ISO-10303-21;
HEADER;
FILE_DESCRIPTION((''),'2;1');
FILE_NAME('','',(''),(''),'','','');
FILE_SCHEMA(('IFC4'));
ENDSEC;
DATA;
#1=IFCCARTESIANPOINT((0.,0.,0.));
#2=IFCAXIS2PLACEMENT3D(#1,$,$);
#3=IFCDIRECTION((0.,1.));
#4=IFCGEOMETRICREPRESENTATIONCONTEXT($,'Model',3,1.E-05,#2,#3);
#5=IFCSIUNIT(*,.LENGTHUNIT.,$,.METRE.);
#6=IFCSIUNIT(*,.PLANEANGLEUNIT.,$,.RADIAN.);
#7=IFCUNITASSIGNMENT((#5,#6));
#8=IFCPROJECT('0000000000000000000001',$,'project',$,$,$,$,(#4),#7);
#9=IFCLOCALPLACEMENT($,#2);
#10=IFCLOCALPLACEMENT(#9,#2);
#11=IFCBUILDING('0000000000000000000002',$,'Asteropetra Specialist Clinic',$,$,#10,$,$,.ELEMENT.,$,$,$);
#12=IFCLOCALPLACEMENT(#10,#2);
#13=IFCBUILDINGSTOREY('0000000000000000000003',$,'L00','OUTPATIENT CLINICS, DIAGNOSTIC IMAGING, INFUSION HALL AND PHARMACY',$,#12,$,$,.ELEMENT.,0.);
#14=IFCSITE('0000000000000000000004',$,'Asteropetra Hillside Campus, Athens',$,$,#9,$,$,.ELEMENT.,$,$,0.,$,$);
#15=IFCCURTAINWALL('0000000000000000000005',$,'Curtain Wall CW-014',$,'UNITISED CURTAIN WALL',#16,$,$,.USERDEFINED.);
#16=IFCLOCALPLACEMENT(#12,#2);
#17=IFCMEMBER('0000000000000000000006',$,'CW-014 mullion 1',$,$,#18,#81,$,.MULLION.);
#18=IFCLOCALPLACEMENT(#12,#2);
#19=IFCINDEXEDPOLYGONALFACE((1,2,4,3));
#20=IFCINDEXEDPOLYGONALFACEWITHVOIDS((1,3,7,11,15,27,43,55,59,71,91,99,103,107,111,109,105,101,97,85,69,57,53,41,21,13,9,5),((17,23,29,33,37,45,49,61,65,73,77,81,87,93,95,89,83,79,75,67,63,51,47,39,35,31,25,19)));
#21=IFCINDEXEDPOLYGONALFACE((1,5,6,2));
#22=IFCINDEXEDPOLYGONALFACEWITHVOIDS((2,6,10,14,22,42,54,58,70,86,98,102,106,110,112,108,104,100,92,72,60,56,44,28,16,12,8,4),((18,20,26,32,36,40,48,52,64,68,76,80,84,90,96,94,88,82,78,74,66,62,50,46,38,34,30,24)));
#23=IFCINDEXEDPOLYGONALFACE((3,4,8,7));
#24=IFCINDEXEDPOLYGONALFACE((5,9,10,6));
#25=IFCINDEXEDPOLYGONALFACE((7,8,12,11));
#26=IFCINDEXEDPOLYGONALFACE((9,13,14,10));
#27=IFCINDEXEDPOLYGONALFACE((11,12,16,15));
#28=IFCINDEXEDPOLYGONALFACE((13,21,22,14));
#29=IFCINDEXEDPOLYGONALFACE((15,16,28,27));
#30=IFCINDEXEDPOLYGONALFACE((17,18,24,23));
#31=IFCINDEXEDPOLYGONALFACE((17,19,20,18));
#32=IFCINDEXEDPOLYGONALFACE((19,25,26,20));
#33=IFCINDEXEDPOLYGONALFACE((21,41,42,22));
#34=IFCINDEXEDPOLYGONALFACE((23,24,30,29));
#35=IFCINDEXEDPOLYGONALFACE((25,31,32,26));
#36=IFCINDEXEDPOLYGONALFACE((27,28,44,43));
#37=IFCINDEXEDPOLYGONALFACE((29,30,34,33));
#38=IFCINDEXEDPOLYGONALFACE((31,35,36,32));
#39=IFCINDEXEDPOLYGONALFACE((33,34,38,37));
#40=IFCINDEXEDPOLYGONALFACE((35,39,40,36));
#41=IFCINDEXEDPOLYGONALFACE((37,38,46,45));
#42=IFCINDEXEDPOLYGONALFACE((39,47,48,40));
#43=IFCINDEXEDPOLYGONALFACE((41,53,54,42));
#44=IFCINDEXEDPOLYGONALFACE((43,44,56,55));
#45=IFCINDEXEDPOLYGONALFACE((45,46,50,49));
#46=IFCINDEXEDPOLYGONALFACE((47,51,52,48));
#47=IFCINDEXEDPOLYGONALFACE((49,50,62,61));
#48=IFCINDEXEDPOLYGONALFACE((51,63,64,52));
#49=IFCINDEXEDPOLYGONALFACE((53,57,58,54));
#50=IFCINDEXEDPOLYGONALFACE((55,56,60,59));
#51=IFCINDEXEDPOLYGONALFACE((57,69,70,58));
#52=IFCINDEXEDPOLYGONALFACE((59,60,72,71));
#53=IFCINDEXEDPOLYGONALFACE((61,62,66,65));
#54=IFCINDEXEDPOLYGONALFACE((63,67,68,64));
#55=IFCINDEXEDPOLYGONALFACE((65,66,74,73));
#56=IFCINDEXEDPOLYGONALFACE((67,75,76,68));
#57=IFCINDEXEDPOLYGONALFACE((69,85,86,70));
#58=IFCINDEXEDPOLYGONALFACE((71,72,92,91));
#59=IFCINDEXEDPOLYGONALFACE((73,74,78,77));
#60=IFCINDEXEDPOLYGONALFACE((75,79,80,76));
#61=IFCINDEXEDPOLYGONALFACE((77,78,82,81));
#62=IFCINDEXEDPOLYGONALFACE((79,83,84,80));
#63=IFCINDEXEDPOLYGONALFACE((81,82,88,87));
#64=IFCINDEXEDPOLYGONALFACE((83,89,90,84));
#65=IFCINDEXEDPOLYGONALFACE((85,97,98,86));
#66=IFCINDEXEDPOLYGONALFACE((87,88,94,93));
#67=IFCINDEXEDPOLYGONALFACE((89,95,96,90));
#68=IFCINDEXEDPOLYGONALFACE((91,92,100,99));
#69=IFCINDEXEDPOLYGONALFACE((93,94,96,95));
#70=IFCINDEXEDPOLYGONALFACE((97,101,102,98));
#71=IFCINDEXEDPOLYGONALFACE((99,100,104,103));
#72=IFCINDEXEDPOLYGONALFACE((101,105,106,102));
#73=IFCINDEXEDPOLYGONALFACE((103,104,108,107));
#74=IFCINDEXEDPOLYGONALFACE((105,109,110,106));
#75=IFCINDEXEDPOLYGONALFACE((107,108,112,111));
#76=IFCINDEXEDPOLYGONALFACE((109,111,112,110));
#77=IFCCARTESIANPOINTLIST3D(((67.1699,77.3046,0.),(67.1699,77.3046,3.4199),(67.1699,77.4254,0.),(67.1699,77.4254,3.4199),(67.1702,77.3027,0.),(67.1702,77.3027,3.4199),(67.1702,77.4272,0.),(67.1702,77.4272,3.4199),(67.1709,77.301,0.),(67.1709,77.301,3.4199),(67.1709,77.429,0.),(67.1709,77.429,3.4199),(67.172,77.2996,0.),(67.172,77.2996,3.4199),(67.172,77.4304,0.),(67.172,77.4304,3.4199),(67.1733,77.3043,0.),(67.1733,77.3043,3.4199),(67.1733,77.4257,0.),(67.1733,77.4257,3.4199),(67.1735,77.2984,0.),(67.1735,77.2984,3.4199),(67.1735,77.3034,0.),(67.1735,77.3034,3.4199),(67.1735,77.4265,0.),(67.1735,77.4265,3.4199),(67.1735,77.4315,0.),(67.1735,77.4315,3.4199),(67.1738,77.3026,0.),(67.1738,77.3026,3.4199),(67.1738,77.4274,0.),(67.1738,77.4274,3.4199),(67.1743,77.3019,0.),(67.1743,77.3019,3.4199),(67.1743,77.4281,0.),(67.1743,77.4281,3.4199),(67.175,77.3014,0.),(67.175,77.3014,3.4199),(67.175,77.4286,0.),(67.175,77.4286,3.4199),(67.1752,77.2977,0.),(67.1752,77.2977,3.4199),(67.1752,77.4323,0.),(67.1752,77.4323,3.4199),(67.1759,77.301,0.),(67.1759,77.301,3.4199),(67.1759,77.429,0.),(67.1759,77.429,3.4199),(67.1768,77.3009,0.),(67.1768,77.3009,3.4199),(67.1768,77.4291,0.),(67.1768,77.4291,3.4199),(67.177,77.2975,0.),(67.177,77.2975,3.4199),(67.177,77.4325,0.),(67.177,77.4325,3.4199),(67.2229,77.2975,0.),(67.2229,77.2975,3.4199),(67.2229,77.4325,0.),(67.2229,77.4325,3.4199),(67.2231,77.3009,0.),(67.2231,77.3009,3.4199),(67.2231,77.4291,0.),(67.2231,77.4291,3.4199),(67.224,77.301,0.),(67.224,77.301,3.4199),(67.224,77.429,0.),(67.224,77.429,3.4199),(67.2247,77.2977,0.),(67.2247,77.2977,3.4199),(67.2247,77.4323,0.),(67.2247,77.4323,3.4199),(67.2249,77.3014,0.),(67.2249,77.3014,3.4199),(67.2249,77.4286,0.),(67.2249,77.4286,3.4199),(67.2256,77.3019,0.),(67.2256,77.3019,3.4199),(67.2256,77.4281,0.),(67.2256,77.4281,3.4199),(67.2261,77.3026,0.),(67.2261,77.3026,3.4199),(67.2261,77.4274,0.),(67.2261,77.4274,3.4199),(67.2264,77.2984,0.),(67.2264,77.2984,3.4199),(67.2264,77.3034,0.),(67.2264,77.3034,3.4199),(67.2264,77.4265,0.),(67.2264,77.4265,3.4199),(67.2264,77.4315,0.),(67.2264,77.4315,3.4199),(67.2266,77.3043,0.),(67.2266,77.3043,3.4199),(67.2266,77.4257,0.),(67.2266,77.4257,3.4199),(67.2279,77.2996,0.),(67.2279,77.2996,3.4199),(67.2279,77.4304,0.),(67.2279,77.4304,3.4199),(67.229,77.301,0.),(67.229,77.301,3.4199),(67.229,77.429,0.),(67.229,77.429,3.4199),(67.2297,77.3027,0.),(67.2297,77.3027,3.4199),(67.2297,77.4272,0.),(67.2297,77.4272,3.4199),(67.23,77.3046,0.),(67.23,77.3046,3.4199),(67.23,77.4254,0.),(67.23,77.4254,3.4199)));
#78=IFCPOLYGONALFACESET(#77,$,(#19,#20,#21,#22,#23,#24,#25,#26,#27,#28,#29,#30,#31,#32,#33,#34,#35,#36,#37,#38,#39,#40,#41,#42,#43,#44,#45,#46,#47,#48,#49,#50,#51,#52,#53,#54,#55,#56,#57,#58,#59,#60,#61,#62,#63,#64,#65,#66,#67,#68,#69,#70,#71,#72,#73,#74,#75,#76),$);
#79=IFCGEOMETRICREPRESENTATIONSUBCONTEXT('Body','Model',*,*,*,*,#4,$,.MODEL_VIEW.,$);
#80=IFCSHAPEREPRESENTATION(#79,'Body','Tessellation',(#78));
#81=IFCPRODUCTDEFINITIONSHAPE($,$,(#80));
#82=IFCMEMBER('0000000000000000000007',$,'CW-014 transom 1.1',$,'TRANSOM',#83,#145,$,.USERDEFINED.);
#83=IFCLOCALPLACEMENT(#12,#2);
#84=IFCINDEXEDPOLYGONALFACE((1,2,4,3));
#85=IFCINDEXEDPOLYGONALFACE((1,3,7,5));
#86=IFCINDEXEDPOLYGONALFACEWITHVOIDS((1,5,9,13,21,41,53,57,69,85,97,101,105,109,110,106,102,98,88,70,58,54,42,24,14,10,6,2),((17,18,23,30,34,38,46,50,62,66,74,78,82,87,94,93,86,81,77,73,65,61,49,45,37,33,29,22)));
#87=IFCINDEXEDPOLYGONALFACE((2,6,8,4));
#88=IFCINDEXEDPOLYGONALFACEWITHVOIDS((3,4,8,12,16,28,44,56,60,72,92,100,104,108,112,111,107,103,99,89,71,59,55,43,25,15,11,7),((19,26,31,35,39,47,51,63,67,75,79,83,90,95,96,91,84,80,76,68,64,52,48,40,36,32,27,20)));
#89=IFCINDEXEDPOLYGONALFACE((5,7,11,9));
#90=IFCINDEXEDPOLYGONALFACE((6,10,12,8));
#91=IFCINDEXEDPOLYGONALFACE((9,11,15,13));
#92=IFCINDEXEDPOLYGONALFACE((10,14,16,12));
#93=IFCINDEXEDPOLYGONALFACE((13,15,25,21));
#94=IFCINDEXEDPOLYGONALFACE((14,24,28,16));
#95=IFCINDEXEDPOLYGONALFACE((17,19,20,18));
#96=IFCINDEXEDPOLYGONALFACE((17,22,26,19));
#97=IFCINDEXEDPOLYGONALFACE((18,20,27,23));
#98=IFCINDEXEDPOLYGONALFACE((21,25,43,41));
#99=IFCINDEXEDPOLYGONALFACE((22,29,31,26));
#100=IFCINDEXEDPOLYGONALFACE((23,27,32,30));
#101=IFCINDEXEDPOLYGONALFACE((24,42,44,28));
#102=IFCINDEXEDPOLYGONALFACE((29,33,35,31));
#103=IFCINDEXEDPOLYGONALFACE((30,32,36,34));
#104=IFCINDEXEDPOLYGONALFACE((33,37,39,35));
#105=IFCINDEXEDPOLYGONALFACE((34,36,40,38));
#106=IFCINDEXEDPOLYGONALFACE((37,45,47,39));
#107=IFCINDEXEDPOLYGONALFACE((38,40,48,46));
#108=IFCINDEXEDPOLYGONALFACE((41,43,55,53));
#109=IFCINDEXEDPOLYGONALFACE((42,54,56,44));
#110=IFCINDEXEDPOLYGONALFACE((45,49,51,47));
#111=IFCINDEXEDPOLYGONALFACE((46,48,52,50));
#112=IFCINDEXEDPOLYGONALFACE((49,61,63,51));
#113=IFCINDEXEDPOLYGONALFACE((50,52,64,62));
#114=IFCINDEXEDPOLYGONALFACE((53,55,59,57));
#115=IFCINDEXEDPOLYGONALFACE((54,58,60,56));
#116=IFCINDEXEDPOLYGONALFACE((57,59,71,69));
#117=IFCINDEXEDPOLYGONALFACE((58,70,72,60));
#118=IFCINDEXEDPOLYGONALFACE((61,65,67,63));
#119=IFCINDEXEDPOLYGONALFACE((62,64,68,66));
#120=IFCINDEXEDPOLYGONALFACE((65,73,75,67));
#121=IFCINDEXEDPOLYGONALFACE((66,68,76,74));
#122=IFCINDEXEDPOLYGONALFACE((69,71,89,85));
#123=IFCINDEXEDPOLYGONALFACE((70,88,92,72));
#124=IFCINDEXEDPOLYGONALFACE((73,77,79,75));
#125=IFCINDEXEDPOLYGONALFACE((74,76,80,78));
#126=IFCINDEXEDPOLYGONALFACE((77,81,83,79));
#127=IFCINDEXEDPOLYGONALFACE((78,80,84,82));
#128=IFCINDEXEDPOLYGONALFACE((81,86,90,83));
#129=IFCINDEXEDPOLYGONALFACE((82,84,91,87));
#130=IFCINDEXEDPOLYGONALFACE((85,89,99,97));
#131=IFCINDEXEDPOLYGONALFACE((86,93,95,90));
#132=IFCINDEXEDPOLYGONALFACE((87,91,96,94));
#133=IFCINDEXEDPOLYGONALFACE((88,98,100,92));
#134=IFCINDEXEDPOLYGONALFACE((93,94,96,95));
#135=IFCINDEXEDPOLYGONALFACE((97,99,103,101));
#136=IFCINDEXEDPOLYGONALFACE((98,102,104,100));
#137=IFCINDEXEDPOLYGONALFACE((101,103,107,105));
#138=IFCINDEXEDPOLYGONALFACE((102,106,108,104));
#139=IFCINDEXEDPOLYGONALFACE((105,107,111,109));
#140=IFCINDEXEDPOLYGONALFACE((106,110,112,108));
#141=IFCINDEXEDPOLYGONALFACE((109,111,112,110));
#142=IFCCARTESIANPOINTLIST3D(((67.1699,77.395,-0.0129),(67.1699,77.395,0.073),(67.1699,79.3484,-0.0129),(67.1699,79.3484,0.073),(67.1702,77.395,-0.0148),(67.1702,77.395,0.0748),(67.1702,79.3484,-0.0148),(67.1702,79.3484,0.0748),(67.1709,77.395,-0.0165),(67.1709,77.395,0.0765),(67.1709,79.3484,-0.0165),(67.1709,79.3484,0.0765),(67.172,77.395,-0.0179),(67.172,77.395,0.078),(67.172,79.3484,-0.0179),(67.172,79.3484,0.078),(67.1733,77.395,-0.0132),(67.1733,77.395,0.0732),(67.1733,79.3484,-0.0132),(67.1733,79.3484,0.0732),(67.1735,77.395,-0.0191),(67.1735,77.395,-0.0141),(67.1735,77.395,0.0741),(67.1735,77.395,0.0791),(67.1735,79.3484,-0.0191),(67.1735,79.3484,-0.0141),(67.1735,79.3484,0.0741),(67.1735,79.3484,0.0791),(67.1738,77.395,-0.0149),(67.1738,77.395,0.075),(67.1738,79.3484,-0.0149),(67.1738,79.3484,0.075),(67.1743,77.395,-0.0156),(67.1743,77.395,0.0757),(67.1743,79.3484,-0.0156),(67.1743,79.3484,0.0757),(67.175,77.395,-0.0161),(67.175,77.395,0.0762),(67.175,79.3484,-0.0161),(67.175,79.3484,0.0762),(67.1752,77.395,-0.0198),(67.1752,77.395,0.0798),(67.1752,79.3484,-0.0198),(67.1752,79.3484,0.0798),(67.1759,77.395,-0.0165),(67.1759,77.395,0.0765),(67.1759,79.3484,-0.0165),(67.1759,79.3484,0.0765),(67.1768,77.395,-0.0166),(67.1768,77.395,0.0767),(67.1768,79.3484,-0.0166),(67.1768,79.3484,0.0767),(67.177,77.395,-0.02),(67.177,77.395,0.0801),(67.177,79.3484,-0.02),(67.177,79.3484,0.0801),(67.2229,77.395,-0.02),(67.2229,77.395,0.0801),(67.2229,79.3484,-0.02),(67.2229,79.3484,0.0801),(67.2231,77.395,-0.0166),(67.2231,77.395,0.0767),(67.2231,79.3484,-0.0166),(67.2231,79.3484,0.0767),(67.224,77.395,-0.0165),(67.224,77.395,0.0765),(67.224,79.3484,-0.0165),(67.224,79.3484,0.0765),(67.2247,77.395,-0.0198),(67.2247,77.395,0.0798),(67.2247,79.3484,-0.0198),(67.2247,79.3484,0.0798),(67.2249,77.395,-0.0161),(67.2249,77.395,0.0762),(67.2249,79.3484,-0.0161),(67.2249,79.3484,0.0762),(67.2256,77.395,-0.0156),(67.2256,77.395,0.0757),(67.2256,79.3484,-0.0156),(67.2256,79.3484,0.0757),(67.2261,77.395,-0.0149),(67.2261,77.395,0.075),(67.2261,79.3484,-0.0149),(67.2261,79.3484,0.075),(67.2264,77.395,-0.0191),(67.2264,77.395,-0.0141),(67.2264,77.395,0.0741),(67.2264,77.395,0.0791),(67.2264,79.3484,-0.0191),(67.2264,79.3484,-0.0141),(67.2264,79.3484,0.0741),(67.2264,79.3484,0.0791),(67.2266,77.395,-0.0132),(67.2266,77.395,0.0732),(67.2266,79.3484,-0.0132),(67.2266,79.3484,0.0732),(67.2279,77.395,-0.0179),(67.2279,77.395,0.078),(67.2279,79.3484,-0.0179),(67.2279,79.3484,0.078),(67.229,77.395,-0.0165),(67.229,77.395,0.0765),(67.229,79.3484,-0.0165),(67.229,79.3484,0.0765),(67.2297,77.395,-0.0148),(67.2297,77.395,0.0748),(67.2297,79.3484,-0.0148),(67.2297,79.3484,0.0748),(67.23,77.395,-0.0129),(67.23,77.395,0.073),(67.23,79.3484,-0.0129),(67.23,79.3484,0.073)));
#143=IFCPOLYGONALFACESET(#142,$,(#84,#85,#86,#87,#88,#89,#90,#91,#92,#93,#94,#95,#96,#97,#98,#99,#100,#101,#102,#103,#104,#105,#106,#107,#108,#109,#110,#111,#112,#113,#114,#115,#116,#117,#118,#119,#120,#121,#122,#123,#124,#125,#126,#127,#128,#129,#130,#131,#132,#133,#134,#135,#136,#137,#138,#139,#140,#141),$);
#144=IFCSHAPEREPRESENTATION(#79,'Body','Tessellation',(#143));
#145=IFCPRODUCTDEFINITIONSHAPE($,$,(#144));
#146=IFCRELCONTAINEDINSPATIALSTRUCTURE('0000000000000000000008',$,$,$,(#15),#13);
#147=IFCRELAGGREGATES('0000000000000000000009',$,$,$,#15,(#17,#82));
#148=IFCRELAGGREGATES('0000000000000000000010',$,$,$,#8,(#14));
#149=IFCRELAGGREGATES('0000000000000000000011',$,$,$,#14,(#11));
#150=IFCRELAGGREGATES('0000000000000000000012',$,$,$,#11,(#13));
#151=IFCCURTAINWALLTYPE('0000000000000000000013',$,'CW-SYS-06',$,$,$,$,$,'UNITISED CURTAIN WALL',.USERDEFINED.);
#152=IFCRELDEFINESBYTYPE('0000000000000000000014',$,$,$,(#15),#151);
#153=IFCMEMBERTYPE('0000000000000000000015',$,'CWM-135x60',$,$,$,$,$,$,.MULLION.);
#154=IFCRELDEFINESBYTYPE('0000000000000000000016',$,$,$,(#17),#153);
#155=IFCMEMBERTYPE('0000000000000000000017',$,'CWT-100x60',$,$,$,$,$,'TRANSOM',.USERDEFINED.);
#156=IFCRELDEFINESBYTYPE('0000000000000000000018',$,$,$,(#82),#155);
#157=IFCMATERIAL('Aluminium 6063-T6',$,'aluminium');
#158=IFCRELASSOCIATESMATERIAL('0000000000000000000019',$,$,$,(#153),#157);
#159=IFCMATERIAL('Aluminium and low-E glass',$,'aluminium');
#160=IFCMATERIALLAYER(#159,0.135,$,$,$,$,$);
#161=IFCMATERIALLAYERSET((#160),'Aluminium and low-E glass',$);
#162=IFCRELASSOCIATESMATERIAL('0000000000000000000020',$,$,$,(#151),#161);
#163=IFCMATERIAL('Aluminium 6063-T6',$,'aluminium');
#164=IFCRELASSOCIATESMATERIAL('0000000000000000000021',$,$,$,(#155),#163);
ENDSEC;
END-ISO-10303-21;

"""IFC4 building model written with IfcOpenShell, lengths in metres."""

from ifc_helpers import new_model, si_unit, direction, frame, origin, origin_2d, place, context, subcontext, project, spatial, hollow_rectangle, extrude, material, layer, layer_set, material_profile, profile_set, type_object, element, aggregate, save


model = new_model("IFC4")

# Units and contexts
model_context = context("Model", 3, precision=1e-05, world=origin(), true_north=direction((0.0, 1.0)))
body_context = subcontext(model_context, "Body", "Model", "MODEL_VIEW")
ifc_project = project(units=[si_unit("LENGTHUNIT", "METRE"), si_unit("PLANEANGLEUNIT", "RADIAN")], contexts=[model_context])

# Site, building, storey
site_placement = place(None, origin())
site = spatial("IfcSite", under=ifc_project, at=site_placement, Name="Asteropetra Hillside Campus, Athens", CompositionType="ELEMENT", RefElevation=0.0)
building_placement = place(site_placement, origin())
building = spatial("IfcBuilding", under=site, at=building_placement, Name="Asteropetra Specialist Clinic", CompositionType="ELEMENT")
storey_placement = place(building_placement, origin())
storey = spatial("IfcBuildingStorey", under=building, at=storey_placement, Name="L00", Description="OUTPATIENT CLINICS, DIAGNOSTIC IMAGING, INFUSION HALL AND PHARMACY", CompositionType="ELEMENT", Elevation=0.0)

# Shared definitions
ifc_material_1 = material(Name="Aluminium 6063-T6", Category="aluminium")
ifc_material_profile_1 = material_profile(ifc_material_1, hollow_rectangle(XDim=0.0601, YDim=0.135, WallThickness=0.0034, InnerFilletRadius=0.0034, OuterFilletRadius=0.0071, at=origin_2d()), Name="MUL 135x60x3.5")
ifc_profile_set_1 = profile_set([ifc_material_profile_1], Name="Aluminium 6063-T6")
member_type_1 = type_object("IfcMemberType", Name="CWM-135x60", PredefinedType="MULLION", material=ifc_profile_set_1)

# Curtain wall, members
ifc_material_2 = material(Name="Aluminium and low-E glass", Category="aluminium")
ifc_layer_1 = layer(ifc_material_2, 0.135)
ifc_layer_set_1 = layer_set([ifc_layer_1], Name="Aluminium and low-E glass")
curtain_wall_type_1 = type_object("IfcCurtainWallType", Name="CW-SYS-06", ElementType="UNITISED CURTAIN WALL", PredefinedType="USERDEFINED", material=ifc_layer_set_1)
curtain_wall_1_placement = place(storey_placement, origin())
curtain_wall_1 = element("IfcCurtainWall", 1, at=curtain_wall_1_placement, inside=storey, type_object=curtain_wall_type_1, Name="Curtain Wall CW-014", ObjectType="UNITISED CURTAIN WALL", PredefinedType="USERDEFINED")
member_1_placement = place(storey_placement, frame((67.2, 77.365, 0.0), z_axis=(0.0, 0.0, 1.0), x_axis=(-1.0, 0.0, 0.0)))
member_1 = element("IfcMember", 2, at=member_1_placement, type_object=member_type_1, Name="CW-014 mullion 1", PredefinedType="MULLION", context=body_context, shape_type="SweptSolid", body=[
    extrude(hollow_rectangle(XDim=0.0601, YDim=0.135, WallThickness=0.0034, InnerFilletRadius=0.0034, OuterFilletRadius=0.0071, at=origin_2d()), origin(), (0.0, 0.0, 1.0), 3.4199),
])
ifc_material_3 = material(Name="Aluminium 6063-T6", Category="aluminium")
ifc_material_profile_2 = material_profile(ifc_material_3, hollow_rectangle(XDim=0.0601, YDim=0.1001, WallThickness=0.0034, InnerFilletRadius=0.0034, OuterFilletRadius=0.0071, at=origin_2d()), Name="TRN 100x60x3.5")
ifc_profile_set_2 = profile_set([ifc_material_profile_2], Name="Aluminium 6063-T6")
member_type_2 = type_object("IfcMemberType", Name="CWT-100x60", ElementType="TRANSOM", PredefinedType="USERDEFINED", material=ifc_profile_set_2)
member_2_placement = place(storey_placement, frame((67.2, 77.395, 0.03), z_axis=(0.0, 1.0, 0.0), x_axis=(-1.0, 0.0, 0.0)))
member_2 = element("IfcMember", 3, at=member_2_placement, type_object=member_type_2, Name="CW-014 transom 1.1", ObjectType="TRANSOM", PredefinedType="USERDEFINED", context=body_context, shape_type="SweptSolid", body=[
    extrude(hollow_rectangle(XDim=0.0601, YDim=0.1001, WallThickness=0.0034, InnerFilletRadius=0.0034, OuterFilletRadius=0.0071, at=origin_2d()), origin(), (0.0, 0.0, 1.0), 1.9534),
])
aggregate(curtain_wall_1, [member_1, member_2])

save(model, "model.ifc")
